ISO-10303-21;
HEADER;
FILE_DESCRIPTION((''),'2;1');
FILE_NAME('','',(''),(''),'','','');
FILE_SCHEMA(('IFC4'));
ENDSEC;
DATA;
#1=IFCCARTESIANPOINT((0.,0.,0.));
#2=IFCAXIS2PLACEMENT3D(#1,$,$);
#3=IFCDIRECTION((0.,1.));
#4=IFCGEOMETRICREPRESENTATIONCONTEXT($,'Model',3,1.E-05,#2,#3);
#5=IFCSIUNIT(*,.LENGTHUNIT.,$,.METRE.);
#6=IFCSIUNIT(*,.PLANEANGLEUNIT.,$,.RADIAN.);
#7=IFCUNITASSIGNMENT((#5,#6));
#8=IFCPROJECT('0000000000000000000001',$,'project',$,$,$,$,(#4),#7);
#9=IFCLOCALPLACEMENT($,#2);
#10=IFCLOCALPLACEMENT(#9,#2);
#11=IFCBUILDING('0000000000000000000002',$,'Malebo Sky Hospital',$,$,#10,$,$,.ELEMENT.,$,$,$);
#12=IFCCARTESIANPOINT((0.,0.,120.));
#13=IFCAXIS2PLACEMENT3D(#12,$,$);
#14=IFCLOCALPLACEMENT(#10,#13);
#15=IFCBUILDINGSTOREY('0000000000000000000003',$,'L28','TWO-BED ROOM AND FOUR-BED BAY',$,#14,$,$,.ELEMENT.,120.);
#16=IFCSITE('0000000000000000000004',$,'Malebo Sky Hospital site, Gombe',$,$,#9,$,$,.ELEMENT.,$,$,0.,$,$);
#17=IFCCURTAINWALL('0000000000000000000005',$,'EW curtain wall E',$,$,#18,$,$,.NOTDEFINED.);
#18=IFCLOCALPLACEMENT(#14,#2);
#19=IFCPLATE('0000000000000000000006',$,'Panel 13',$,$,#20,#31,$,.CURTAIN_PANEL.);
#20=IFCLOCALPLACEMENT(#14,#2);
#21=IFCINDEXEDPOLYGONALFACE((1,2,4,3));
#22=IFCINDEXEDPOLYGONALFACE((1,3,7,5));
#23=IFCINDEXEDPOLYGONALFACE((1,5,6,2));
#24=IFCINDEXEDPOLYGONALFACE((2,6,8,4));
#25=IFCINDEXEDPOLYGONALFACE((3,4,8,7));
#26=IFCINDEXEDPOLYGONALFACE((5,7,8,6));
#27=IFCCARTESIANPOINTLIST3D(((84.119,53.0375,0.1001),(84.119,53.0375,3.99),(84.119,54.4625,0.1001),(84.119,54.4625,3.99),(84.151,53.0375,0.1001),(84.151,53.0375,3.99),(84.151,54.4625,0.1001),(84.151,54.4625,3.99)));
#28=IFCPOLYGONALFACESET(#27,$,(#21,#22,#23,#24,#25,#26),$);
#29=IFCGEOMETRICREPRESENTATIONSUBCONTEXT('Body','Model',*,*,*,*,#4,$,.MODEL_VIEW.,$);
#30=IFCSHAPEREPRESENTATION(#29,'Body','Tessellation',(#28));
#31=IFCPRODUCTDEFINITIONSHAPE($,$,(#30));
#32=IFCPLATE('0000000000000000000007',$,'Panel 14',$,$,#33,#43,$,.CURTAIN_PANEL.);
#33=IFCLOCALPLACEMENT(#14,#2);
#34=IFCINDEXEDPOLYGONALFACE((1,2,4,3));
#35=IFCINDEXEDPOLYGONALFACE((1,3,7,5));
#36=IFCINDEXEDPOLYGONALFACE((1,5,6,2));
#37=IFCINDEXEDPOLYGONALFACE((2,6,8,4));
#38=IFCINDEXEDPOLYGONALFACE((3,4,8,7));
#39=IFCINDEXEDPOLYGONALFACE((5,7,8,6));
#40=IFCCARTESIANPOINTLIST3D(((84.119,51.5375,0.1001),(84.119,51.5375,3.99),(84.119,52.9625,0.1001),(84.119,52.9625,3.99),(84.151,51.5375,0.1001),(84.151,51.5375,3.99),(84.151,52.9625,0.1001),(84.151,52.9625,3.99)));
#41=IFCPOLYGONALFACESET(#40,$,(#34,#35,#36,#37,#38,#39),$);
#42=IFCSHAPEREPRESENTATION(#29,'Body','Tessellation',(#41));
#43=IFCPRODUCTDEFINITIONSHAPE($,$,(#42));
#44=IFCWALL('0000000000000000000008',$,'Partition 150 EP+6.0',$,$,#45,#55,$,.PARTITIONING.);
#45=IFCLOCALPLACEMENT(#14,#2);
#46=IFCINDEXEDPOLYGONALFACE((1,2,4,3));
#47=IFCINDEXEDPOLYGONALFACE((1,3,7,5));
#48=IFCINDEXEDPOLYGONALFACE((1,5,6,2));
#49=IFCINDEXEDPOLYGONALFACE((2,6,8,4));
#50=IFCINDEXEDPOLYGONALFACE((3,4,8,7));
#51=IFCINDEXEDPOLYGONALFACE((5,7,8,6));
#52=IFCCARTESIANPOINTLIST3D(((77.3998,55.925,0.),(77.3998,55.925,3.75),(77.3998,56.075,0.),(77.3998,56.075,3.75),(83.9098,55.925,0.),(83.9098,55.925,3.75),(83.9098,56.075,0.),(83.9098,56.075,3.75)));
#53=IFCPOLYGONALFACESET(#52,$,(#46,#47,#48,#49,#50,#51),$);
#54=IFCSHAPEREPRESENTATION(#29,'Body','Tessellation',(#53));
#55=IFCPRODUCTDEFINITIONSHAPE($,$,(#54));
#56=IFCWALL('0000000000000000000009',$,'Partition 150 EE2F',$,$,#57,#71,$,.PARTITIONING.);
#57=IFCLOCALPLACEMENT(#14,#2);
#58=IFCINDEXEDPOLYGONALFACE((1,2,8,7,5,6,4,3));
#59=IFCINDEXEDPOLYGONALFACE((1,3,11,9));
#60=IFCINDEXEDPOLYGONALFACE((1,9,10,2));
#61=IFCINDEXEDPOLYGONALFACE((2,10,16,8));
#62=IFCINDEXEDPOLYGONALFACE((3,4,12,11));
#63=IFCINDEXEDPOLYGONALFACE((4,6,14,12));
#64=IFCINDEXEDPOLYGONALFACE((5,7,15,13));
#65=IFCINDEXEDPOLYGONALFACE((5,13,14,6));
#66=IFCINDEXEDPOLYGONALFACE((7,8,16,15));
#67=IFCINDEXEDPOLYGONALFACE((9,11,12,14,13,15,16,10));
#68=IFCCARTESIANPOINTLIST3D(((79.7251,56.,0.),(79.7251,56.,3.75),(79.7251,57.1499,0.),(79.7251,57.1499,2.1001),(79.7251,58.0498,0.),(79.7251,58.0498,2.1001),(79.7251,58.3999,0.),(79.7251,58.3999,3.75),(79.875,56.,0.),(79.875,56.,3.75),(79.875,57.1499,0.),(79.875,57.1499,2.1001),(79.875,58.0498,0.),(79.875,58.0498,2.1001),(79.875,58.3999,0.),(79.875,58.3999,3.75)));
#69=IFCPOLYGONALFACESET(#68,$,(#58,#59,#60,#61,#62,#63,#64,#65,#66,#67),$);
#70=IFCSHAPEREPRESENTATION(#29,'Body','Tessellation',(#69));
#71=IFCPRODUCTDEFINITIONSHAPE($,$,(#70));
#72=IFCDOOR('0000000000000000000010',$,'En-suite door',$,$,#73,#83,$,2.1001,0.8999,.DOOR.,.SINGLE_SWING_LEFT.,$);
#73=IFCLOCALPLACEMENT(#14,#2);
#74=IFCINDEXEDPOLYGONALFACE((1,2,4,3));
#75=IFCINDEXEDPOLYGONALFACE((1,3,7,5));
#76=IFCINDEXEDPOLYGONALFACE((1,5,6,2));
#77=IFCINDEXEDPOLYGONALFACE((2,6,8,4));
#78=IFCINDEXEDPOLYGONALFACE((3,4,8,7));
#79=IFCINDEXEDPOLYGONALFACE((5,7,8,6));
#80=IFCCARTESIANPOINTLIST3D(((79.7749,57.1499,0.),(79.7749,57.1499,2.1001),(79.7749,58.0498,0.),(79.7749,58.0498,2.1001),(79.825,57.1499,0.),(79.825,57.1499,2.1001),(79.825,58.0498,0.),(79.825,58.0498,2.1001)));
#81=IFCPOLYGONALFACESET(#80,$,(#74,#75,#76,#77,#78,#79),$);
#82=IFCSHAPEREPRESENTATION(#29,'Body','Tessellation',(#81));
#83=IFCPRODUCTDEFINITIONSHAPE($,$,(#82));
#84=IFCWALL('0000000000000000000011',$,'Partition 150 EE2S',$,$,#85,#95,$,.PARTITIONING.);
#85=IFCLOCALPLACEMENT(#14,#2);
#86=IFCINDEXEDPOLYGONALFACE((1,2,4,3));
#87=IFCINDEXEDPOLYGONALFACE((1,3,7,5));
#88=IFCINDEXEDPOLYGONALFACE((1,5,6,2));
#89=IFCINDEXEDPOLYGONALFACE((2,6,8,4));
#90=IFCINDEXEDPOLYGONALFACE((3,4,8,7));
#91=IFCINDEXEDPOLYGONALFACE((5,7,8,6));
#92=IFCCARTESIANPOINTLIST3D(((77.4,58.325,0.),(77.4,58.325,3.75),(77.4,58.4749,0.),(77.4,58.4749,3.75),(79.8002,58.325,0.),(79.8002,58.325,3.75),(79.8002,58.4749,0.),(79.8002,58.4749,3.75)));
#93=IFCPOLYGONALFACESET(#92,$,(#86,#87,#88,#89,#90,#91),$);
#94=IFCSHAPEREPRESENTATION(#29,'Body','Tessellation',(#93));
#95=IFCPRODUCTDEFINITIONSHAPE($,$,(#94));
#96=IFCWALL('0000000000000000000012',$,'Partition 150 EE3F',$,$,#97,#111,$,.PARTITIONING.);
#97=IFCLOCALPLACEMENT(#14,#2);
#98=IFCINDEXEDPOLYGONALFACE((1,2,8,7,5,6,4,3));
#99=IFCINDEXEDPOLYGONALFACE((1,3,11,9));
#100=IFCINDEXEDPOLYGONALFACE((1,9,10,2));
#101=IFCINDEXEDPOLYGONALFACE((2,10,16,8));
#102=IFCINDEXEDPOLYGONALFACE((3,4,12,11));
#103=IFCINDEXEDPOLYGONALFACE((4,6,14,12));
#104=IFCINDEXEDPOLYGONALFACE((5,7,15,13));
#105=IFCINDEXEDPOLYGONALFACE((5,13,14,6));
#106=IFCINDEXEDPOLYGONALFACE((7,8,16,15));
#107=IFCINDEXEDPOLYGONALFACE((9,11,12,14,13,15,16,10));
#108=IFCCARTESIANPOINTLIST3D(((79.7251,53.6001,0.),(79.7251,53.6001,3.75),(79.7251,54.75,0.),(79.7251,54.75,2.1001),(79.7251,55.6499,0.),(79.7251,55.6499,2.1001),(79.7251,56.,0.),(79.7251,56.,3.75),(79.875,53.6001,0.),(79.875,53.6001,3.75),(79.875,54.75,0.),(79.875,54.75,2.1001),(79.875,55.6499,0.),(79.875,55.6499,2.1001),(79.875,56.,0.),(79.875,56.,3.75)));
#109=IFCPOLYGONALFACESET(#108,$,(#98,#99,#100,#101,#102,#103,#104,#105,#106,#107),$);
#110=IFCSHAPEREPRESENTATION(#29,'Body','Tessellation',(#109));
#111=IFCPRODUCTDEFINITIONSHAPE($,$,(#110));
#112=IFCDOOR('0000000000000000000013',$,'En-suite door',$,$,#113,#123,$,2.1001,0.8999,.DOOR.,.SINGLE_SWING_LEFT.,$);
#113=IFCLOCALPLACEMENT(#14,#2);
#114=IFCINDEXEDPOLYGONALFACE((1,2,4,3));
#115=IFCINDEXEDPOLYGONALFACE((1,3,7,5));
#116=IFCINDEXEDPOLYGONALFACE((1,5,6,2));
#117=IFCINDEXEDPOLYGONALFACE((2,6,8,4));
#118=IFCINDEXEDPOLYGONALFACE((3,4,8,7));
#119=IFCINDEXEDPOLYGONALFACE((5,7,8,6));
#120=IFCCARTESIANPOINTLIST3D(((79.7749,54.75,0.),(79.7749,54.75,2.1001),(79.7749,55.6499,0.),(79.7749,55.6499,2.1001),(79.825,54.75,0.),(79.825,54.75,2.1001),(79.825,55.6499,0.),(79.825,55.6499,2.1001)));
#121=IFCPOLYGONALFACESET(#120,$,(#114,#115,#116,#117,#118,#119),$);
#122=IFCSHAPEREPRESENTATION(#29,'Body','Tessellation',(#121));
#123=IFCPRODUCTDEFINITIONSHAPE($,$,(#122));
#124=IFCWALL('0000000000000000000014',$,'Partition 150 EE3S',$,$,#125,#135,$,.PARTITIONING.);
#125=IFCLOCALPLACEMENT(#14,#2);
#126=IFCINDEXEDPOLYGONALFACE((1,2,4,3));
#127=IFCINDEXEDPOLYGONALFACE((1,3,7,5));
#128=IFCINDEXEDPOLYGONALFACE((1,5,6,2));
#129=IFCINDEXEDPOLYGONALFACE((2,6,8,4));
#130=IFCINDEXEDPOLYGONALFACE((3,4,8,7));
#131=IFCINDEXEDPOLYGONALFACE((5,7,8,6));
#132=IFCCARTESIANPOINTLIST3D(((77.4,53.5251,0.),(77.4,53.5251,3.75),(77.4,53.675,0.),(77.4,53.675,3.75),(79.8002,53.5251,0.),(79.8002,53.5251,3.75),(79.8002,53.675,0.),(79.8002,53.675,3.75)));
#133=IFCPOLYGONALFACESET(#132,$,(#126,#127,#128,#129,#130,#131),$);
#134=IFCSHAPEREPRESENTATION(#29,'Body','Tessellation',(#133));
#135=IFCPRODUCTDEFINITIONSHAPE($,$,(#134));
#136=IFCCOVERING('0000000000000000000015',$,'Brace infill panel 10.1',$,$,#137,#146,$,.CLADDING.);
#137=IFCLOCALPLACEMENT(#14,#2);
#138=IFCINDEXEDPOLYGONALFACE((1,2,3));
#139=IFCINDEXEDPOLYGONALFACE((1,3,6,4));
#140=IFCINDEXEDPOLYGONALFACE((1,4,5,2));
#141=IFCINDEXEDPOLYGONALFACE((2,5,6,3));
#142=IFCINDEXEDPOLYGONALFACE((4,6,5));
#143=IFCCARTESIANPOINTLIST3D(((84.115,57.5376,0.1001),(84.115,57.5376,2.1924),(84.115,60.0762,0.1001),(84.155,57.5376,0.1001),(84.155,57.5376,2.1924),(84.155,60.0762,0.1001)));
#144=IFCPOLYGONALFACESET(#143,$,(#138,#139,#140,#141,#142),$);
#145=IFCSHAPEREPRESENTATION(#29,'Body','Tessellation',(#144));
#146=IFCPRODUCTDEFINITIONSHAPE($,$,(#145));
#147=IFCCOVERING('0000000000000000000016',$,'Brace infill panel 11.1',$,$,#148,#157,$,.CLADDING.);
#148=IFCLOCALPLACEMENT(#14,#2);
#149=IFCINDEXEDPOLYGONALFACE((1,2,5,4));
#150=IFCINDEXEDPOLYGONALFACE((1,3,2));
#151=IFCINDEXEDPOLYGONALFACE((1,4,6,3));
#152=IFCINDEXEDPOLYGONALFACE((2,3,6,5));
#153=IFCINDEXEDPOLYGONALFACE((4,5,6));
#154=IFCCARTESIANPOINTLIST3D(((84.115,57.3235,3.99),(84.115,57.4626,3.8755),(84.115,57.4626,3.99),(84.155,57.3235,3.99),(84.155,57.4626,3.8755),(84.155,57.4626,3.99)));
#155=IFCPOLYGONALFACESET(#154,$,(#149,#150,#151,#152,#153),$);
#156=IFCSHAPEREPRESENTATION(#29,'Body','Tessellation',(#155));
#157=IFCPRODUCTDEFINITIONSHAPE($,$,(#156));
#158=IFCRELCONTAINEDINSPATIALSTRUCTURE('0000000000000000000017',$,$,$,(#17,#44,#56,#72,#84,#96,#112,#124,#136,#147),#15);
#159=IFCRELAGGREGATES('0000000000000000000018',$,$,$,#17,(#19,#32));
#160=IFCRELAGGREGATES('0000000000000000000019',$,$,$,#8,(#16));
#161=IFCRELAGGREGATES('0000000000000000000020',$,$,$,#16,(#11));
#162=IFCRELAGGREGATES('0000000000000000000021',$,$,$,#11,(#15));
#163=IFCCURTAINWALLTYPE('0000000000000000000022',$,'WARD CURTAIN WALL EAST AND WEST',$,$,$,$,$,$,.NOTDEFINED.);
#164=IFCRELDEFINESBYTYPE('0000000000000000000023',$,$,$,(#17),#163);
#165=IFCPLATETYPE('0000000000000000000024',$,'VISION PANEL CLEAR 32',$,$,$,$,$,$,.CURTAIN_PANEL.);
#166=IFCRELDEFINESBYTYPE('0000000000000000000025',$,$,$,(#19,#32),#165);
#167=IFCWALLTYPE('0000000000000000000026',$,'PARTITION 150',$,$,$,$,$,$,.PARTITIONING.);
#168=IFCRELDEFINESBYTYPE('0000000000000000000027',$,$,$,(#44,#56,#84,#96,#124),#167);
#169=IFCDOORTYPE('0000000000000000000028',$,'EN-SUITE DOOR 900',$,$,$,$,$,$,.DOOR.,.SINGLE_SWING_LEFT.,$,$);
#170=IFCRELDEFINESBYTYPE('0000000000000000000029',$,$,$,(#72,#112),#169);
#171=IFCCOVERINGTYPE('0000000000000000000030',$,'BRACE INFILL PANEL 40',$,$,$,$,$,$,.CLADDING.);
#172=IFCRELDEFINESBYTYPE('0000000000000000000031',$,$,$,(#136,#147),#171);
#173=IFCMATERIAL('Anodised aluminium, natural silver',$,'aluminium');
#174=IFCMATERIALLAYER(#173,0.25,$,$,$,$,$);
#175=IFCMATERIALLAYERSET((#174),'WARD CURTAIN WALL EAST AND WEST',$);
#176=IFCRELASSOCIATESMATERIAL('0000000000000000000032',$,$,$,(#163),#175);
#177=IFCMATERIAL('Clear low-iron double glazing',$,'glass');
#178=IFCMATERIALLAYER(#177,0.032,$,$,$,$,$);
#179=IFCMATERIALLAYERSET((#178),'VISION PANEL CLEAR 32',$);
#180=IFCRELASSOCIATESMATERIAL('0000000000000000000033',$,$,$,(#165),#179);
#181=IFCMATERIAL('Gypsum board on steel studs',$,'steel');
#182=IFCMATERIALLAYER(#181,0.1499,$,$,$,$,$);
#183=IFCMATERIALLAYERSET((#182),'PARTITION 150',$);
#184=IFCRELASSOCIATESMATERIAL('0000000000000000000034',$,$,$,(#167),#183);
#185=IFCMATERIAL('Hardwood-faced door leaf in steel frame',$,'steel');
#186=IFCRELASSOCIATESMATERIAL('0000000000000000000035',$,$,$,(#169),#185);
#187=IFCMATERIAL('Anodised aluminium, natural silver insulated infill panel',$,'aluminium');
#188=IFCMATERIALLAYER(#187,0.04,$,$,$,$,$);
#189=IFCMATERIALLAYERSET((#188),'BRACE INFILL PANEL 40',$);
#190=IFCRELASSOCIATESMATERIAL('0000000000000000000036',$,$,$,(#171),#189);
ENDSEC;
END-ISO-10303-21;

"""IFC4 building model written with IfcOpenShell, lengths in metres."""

from ifc_helpers import new_model, si_unit, direction, frame, frame_2d, origin, origin_2d, place, context, subcontext, project, spatial, polyline, rectangle, outline, extrude, material, layer, layer_set, type_object, element, fill, aggregate, save


model = new_model("IFC4")

# Units and contexts
model_context = context("Model", 3, precision=1e-05, world=origin(), true_north=direction((0.0, 1.0)))
body_context = subcontext(model_context, "Body", "Model", "MODEL_VIEW")
ifc_project = project(units=[si_unit("LENGTHUNIT", "METRE"), si_unit("PLANEANGLEUNIT", "RADIAN")], contexts=[model_context])

# Site, building, storey
site_placement = place(None, origin())
site = spatial("IfcSite", under=ifc_project, at=site_placement, Name="Malebo Sky Hospital site, Gombe", CompositionType="ELEMENT", RefElevation=0.0)
building_placement = place(site_placement, origin())
building = spatial("IfcBuilding", under=site, at=building_placement, Name="Malebo Sky Hospital", CompositionType="ELEMENT")
storey_placement = place(building_placement, frame((0.0, 0.0, 120.0)))
storey = spatial("IfcBuildingStorey", under=building, at=storey_placement, Name="L28", Description="TWO-BED ROOM AND FOUR-BED BAY", CompositionType="ELEMENT", Elevation=120.0)

# Curtain wall
ifc_material_1 = material(Name="Anodised aluminium, natural silver", Category="aluminium")
ifc_layer_1 = layer(ifc_material_1, 0.25)
ifc_layer_set_1 = layer_set([ifc_layer_1], Name="WARD CURTAIN WALL EAST AND WEST")
curtain_wall_type = type_object("IfcCurtainWallType", Name="WARD CURTAIN WALL EAST AND WEST", PredefinedType="NOTDEFINED", material=ifc_layer_set_1)
curtain_wall_placement = place(storey_placement, origin())
curtain_wall = element("IfcCurtainWall", 1, at=curtain_wall_placement, inside=storey, type_object=curtain_wall_type, Name="EW curtain wall E", PredefinedType="NOTDEFINED")

# Plates
ifc_material_2 = material(Name="Clear low-iron double glazing", Category="glass")
ifc_layer_2 = layer(ifc_material_2, 0.032)
ifc_layer_set_2 = layer_set([ifc_layer_2], Name="VISION PANEL CLEAR 32")
plate_type = type_object("IfcPlateType", Name="VISION PANEL CLEAR 32", PredefinedType="CURTAIN_PANEL", material=ifc_layer_set_2)
plate_1_placement = place(storey_placement, frame((84.135, 53.75, 0.1001), z_axis=(0.0, 0.0, 1.0), x_axis=(0.0, -1.0, 0.0)))
plate_1 = element("IfcPlate", 2, at=plate_1_placement, type_object=plate_type, Name="Panel 13", PredefinedType="CURTAIN_PANEL", context=body_context, shape_type="SweptSolid", body=[
    extrude(rectangle(XDim=1.425, YDim=0.032, at=origin_2d()), origin(), (0.0, 0.0, 1.0), 3.8899),
])
plate_2_placement = place(storey_placement, frame((84.135, 52.25, 0.1001), z_axis=(0.0, 0.0, 1.0), x_axis=(0.0, -1.0, 0.0)))
plate_2 = element("IfcPlate", 3, at=plate_2_placement, type_object=plate_type, Name="Panel 14", PredefinedType="CURTAIN_PANEL", context=body_context, shape_type="SweptSolid", body=[
    extrude(rectangle(XDim=1.425, YDim=0.032, at=origin_2d()), origin(), (0.0, 0.0, 1.0), 3.8899),
])
aggregate(curtain_wall, [plate_1, plate_2])

# Wall
ifc_material_3 = material(Name="Gypsum board on steel studs", Category="steel")
ifc_layer_3 = layer(ifc_material_3, 0.1499)
ifc_layer_set_3 = layer_set([ifc_layer_3], Name="PARTITION 150")
wall_type = type_object("IfcWallType", Name="PARTITION 150", PredefinedType="PARTITIONING", material=ifc_layer_set_3)
wall_1_placement = place(storey_placement, frame((77.3999, 56.0, 0.0), z_axis=(0.0, 0.0, 1.0), x_axis=(1.0, 0.0, 0.0)))
element("IfcWall", 4, at=wall_1_placement, inside=storey, type_object=wall_type, Name="Partition 150 EP+6.0", PredefinedType="PARTITIONING", context=body_context, shape_type="SweptSolid", body=[
    extrude(rectangle(XDim=6.51, YDim=0.1499, at=frame_2d((3.2549, 0.0))), origin(), (0.0, 0.0, 1.0), 3.75),
])

# Wall, opening, door
wall_2_placement = place(storey_placement, frame((79.8, 58.3999, 0.0), z_axis=(0.0, 0.0, 1.0), x_axis=(0.0, -1.0, 0.0)))
wall_2 = element("IfcWall", 5, at=wall_2_placement, inside=storey, type_object=wall_type, Name="Partition 150 EE2F", PredefinedType="PARTITIONING", context=body_context, shape_type="SweptSolid", body=[
    extrude(rectangle(XDim=2.3999, YDim=0.1499, at=frame_2d((1.2, 0.0))), origin(), (0.0, 0.0, 1.0), 3.75),
])
opening_1_placement = place(wall_2_placement, frame((0.3501, 0.0, 0.0)))
opening_1 = element("IfcOpeningElement", 6, at=opening_1_placement, cuts=wall_2, PredefinedType="OPENING", context=body_context, shape_type="SweptSolid", body=[
    extrude(rectangle(XDim=0.8999, YDim=2.1001, at=frame_2d((0.45, 1.05))), frame((0.0, 0.085, 0.0), z_axis=(0.0, -1.0, 0.0), x_axis=(1.0, 0.0, 0.0)), (0.0, 0.0, 1.0), 0.1699),
])
ifc_material_4 = material(Name="Hardwood-faced door leaf in steel frame", Category="steel")
door_type = type_object("IfcDoorType", Name="EN-SUITE DOOR 900", OperationType="SINGLE_SWING_LEFT", PredefinedType="DOOR", material=ifc_material_4)
door_1_placement = place(opening_1_placement, origin())
door_1 = element("IfcDoor", 7, at=door_1_placement, inside=storey, type_object=door_type, Name="En-suite door", OperationType="SINGLE_SWING_LEFT", OverallHeight=2.1001, OverallWidth=0.8999, PredefinedType="DOOR", context=body_context, shape_type="SweptSolid", body=[
    extrude(rectangle(XDim=0.8999, YDim=2.1001, at=frame_2d((0.45, 1.05))), frame((0.0, 0.0249, 0.0), z_axis=(0.0, -1.0, 0.0), x_axis=(1.0, 0.0, 0.0)), (0.0, 0.0, 1.0), 0.05),
])
fill(opening_1, door_1)

# Wall
wall_3_placement = place(storey_placement, frame((77.3999, 58.3999, 0.0), z_axis=(0.0, 0.0, 1.0), x_axis=(1.0, 0.0, 0.0)))
element("IfcWall", 8, at=wall_3_placement, inside=storey, type_object=wall_type, Name="Partition 150 EE2S", PredefinedType="PARTITIONING", context=body_context, shape_type="SweptSolid", body=[
    extrude(rectangle(XDim=2.4001, YDim=0.1499, at=frame_2d((1.2002, 0.0))), origin(), (0.0, 0.0, 1.0), 3.75),
])

# Wall, opening, door
wall_4_placement = place(storey_placement, frame((79.8, 56.0, 0.0), z_axis=(0.0, 0.0, 1.0), x_axis=(0.0, -1.0, 0.0)))
wall_4 = element("IfcWall", 9, at=wall_4_placement, inside=storey, type_object=wall_type, Name="Partition 150 EE3F", PredefinedType="PARTITIONING", context=body_context, shape_type="SweptSolid", body=[
    extrude(rectangle(XDim=2.3999, YDim=0.1499, at=frame_2d((1.2, 0.0))), origin(), (0.0, 0.0, 1.0), 3.75),
])
opening_2_placement = place(wall_4_placement, frame((0.3501, 0.0, 0.0)))
opening_2 = element("IfcOpeningElement", 10, at=opening_2_placement, cuts=wall_4, PredefinedType="OPENING", context=body_context, shape_type="SweptSolid", body=[
    extrude(rectangle(XDim=0.8999, YDim=2.1001, at=frame_2d((0.45, 1.05))), frame((0.0, 0.085, 0.0), z_axis=(0.0, -1.0, 0.0), x_axis=(1.0, 0.0, 0.0)), (0.0, 0.0, 1.0), 0.1699),
])
door_2_placement = place(opening_2_placement, origin())
door_2 = element("IfcDoor", 11, at=door_2_placement, inside=storey, type_object=door_type, Name="En-suite door", OperationType="SINGLE_SWING_LEFT", OverallHeight=2.1001, OverallWidth=0.8999, PredefinedType="DOOR", context=body_context, shape_type="SweptSolid", body=[
    extrude(rectangle(XDim=0.8999, YDim=2.1001, at=frame_2d((0.45, 1.05))), frame((0.0, 0.0249, 0.0), z_axis=(0.0, -1.0, 0.0), x_axis=(1.0, 0.0, 0.0)), (0.0, 0.0, 1.0), 0.05),
])
fill(opening_2, door_2)

# Wall
wall_5_placement = place(storey_placement, frame((77.3999, 53.6001, 0.0), z_axis=(0.0, 0.0, 1.0), x_axis=(1.0, 0.0, 0.0)))
element("IfcWall", 12, at=wall_5_placement, inside=storey, type_object=wall_type, Name="Partition 150 EE3S", PredefinedType="PARTITIONING", context=body_context, shape_type="SweptSolid", body=[
    extrude(rectangle(XDim=2.4001, YDim=0.1499, at=frame_2d((1.2002, 0.0))), origin(), (0.0, 0.0, 1.0), 3.75),
])

# Coverings
ifc_material_5 = material(Name="Anodised aluminium, natural silver insulated infill panel", Category="aluminium")
ifc_layer_4 = layer(ifc_material_5, 0.04)
ifc_layer_set_4 = layer_set([ifc_layer_4], Name="BRACE INFILL PANEL 40")
covering_type = type_object("IfcCoveringType", Name="BRACE INFILL PANEL 40", PredefinedType="CLADDING", material=ifc_layer_set_4)
covering_1_placement = place(storey_placement, frame((84.135, 58.8069, 0.1001), z_axis=(0.0, 0.0, 1.0), x_axis=(0.0, -1.0, 0.0)))
element("IfcCovering", 13, at=covering_1_placement, inside=storey, type_object=covering_type, Name="Brace infill panel 10.1", PredefinedType="CLADDING", context=body_context, shape_type="SweptSolid", body=[
    extrude(outline(polyline([(-1.2693, 0.0), (1.2693, 0.0), (1.2693, 2.0923), (-1.2693, 0.0)])), frame((0.0, 0.02, 0.0), z_axis=(0.0, -1.0, 0.0), x_axis=(1.0, 0.0, 0.0)), (0.0, 0.0, 1.0), 0.04),
])
covering_2_placement = place(storey_placement, frame((84.135, 57.3931, 3.8755), z_axis=(0.0, 0.0, 1.0), x_axis=(0.0, -1.0, 0.0)))
element("IfcCovering", 14, at=covering_2_placement, inside=storey, type_object=covering_type, Name="Brace infill panel 11.1", PredefinedType="CLADDING", context=body_context, shape_type="SweptSolid", body=[
    extrude(outline(polyline([(-0.0696, 0.0), (0.0696, 0.1145), (-0.0696, 0.1145), (-0.0696, 0.0)])), frame((0.0, 0.02, 0.0), z_axis=(0.0, -1.0, 0.0), x_axis=(1.0, 0.0, 0.0)), (0.0, 0.0, 1.0), 0.04),
])

save(model, "model.ifc")
